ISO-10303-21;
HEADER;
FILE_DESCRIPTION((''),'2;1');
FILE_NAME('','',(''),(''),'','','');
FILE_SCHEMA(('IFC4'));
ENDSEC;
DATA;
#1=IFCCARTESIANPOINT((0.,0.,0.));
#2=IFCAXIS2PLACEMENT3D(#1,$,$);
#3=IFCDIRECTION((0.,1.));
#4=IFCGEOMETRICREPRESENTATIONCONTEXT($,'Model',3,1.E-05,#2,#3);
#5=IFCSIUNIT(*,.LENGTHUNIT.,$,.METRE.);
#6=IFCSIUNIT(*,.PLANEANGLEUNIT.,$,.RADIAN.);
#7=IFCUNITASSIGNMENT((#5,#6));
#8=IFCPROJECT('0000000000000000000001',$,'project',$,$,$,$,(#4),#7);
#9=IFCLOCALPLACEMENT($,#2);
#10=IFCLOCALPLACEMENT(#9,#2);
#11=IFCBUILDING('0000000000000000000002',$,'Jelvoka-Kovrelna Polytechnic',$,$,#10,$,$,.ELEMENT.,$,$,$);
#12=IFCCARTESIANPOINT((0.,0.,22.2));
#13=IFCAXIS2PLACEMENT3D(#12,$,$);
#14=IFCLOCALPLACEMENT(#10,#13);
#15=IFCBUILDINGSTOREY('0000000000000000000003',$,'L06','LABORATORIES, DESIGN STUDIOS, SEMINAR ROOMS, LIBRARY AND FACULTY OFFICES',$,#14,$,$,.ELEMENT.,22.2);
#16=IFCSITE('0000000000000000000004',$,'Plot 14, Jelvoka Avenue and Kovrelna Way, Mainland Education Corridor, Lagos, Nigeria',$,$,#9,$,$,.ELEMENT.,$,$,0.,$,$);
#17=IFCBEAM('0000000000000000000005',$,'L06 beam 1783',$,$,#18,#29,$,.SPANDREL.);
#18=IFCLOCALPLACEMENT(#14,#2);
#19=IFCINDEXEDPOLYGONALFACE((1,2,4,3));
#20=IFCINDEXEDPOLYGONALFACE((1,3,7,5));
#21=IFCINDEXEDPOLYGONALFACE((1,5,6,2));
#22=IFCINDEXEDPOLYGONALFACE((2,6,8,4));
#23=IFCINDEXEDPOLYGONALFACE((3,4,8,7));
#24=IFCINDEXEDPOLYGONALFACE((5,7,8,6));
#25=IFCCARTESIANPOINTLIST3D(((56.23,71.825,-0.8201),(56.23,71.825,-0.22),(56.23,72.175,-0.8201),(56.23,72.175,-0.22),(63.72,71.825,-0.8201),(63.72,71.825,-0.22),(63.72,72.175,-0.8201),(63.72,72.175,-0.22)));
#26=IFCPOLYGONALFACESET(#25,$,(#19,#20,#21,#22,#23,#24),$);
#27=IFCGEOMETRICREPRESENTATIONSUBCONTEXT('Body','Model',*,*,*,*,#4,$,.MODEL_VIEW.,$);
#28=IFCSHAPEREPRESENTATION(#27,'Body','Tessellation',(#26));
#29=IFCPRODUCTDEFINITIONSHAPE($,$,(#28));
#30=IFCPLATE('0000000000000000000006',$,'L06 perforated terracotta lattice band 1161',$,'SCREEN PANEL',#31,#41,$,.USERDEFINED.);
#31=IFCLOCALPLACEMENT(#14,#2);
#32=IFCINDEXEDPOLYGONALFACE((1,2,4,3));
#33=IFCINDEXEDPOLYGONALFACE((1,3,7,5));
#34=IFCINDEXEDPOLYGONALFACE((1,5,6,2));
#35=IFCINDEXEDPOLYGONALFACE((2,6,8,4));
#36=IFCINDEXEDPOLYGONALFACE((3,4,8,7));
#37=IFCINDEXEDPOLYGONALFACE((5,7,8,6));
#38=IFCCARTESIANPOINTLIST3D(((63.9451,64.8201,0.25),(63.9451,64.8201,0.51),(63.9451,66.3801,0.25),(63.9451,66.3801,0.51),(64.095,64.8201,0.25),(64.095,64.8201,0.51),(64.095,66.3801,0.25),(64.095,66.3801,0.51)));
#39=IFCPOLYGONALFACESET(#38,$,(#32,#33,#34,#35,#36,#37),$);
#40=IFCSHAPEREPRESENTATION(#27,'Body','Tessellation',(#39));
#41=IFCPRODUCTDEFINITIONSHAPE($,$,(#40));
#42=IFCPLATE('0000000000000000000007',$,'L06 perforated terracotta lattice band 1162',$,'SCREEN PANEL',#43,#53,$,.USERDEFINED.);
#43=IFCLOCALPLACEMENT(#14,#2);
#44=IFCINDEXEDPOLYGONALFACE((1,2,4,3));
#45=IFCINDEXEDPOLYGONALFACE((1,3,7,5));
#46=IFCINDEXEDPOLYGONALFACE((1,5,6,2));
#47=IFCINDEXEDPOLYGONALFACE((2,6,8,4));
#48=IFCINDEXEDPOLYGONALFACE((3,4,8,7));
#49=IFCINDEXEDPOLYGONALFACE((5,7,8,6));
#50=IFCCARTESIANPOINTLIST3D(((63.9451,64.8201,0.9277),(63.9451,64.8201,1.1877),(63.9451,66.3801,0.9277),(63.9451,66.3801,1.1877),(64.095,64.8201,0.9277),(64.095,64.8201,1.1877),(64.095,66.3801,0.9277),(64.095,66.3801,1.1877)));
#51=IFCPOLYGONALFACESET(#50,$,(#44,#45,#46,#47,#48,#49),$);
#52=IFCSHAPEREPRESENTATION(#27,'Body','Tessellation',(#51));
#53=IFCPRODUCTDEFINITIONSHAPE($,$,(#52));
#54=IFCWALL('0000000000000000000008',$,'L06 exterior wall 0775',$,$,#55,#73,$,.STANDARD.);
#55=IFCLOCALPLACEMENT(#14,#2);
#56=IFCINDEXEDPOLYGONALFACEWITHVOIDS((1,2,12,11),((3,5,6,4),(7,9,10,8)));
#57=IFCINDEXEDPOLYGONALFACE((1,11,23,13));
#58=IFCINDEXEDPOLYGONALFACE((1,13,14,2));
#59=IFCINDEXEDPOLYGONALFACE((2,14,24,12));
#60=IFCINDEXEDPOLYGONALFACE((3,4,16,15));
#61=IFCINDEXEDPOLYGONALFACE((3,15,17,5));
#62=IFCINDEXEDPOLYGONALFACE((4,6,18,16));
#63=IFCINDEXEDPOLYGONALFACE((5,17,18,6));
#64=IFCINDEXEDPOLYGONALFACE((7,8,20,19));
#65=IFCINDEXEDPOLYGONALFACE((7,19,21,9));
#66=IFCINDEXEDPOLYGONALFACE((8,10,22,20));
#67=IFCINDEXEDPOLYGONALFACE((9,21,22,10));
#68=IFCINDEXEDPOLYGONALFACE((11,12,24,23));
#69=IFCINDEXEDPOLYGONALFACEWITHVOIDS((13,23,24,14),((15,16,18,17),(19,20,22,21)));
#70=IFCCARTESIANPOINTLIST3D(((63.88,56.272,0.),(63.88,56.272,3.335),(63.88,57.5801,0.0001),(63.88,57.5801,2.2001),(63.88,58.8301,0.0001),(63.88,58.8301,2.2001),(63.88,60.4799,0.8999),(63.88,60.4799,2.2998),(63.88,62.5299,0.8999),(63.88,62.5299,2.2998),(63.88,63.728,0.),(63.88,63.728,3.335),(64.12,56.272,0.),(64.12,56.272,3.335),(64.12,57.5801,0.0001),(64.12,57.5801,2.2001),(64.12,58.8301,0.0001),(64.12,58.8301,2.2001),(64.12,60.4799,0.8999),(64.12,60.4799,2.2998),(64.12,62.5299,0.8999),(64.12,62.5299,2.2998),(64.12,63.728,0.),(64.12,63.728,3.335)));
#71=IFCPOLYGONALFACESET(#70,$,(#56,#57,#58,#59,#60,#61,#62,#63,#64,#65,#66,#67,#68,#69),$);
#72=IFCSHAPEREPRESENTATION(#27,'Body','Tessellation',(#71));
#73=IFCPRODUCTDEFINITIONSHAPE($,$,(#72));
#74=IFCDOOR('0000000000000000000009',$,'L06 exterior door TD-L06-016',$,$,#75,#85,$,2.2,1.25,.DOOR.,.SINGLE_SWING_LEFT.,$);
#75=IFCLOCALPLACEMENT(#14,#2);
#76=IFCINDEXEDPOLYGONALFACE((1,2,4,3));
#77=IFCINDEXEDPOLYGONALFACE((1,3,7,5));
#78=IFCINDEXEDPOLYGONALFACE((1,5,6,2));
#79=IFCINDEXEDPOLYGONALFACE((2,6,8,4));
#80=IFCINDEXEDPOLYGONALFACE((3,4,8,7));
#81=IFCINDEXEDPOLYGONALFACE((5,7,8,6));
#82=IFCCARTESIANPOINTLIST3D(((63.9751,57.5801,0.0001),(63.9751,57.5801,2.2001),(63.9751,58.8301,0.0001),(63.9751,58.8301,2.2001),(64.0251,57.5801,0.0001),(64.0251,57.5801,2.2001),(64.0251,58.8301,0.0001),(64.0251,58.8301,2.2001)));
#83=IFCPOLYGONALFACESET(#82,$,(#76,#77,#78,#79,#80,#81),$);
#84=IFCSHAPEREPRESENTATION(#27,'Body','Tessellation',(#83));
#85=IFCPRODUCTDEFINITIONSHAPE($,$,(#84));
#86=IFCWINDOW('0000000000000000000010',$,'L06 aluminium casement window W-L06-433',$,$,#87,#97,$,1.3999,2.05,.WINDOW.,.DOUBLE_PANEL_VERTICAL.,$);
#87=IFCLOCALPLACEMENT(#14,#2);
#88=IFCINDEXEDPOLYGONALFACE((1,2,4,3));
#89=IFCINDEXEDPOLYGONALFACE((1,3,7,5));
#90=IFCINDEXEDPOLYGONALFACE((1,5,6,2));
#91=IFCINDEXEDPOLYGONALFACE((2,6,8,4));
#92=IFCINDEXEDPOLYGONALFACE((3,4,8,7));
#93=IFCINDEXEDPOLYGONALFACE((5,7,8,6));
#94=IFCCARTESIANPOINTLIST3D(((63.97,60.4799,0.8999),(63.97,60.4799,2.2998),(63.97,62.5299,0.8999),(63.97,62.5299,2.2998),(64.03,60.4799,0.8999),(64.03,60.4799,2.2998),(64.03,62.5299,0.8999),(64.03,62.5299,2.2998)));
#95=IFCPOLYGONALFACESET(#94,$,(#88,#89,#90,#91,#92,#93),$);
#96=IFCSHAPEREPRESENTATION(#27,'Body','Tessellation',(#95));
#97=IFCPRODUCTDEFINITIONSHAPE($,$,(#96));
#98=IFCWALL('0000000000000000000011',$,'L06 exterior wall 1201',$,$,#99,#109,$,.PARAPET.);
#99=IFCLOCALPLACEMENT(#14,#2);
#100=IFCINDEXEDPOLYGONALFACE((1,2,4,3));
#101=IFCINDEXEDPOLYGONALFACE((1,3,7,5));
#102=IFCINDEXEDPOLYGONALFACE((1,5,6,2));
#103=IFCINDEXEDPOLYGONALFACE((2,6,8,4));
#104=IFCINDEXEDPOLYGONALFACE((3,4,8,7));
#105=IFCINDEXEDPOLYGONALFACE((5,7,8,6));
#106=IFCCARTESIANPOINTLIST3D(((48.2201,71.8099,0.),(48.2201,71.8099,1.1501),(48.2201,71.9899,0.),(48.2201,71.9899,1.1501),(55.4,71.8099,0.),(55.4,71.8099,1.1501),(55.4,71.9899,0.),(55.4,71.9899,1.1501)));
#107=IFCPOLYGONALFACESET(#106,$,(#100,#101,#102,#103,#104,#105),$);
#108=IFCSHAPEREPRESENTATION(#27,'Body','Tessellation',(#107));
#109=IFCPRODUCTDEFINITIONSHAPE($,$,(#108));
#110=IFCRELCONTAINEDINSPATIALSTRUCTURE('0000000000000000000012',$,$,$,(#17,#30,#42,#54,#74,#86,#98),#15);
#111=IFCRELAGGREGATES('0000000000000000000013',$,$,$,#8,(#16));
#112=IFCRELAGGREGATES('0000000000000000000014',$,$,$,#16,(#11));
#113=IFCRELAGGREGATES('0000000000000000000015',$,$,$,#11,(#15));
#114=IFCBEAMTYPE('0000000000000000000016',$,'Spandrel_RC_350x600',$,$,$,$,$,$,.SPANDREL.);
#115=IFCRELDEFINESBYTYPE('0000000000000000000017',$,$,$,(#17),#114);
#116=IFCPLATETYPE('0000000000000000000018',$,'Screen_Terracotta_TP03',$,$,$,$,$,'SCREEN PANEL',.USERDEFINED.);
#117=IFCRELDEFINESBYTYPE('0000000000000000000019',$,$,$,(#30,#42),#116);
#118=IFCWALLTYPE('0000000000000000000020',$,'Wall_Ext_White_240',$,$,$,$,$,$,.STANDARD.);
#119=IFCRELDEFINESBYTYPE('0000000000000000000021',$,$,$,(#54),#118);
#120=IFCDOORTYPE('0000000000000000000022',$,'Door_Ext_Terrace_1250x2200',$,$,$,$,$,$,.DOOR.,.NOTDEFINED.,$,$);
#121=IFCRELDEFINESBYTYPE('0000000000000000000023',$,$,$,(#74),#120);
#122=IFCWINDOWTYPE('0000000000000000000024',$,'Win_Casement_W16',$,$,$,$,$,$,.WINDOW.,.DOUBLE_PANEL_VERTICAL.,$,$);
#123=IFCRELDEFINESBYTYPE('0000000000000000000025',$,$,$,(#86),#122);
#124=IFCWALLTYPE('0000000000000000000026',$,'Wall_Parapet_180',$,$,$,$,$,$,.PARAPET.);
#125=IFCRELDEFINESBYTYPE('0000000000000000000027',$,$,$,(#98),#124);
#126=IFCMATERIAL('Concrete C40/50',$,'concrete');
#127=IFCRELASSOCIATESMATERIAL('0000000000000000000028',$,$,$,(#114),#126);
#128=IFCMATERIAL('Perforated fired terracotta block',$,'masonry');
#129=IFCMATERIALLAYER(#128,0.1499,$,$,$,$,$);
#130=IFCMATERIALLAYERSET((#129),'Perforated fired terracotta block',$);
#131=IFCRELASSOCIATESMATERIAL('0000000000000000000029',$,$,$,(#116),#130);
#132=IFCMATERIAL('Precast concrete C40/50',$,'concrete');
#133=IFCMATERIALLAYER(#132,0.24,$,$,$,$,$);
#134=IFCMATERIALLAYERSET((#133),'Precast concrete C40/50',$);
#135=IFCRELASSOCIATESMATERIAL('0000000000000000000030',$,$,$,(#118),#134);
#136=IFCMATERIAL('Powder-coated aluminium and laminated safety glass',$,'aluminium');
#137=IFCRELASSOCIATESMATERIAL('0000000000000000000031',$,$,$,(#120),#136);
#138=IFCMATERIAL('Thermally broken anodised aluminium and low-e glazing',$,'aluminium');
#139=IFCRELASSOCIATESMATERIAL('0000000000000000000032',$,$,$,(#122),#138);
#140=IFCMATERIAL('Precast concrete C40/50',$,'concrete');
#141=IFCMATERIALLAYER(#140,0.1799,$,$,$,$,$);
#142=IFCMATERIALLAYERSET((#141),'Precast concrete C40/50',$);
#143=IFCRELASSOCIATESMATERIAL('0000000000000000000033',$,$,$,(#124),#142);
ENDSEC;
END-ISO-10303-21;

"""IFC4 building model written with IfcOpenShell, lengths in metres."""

from ifc_helpers import new_model, si_unit, direction, frame, frame_2d, origin, origin_2d, place, context, subcontext, project, spatial, rectangle, extrude, material, layer, layer_set, material_profile, profile_set, type_object, element, fill, save


model = new_model("IFC4")

# Units and contexts
model_context = context("Model", 3, precision=1e-05, world=origin(), true_north=direction((0.0, 1.0)))
body_context = subcontext(model_context, "Body", "Model", "MODEL_VIEW")
ifc_project = project(units=[si_unit("LENGTHUNIT", "METRE"), si_unit("PLANEANGLEUNIT", "RADIAN")], contexts=[model_context])

# Site, building, storey
site_placement = place(None, origin())
site = spatial("IfcSite", under=ifc_project, at=site_placement, Name="Plot 14, Jelvoka Avenue and Kovrelna Way, Mainland Education Corridor, Lagos, Nigeria", CompositionType="ELEMENT", RefElevation=0.0)
building_placement = place(site_placement, origin())
building = spatial("IfcBuilding", under=site, at=building_placement, Name="Jelvoka-Kovrelna Polytechnic", CompositionType="ELEMENT")
storey_placement = place(building_placement, frame((0.0, 0.0, 22.2)))
storey = spatial("IfcBuildingStorey", under=building, at=storey_placement, Name="L06", Description="LABORATORIES, DESIGN STUDIOS, SEMINAR ROOMS, LIBRARY AND FACULTY OFFICES", CompositionType="ELEMENT", Elevation=22.2)

# Beam
ifc_material_1 = material(Name="Concrete C40/50", Category="concrete")
ifc_material_profile_1 = material_profile(ifc_material_1, rectangle(XDim=0.3501, YDim=0.6001, at=origin_2d()), Name="RC 350x600")
ifc_profile_set_1 = profile_set([ifc_material_profile_1], Name="Concrete C40/50")
beam_type_1 = type_object("IfcBeamType", Name="Spandrel_RC_350x600", PredefinedType="SPANDREL", material=ifc_profile_set_1)
beam_1_placement = place(storey_placement, frame((56.23, 72.0, -0.52), z_axis=(1.0, 0.0, 0.0), x_axis=(0.0, 1.0, 0.0)))
element("IfcBeam", 1, at=beam_1_placement, inside=storey, type_object=beam_type_1, Name="L06 beam 1783", PredefinedType="SPANDREL", context=body_context, shape_type="SweptSolid", body=[
    extrude(rectangle(XDim=0.3501, YDim=0.6001, at=origin_2d()), origin(), (0.0, 0.0, 1.0), 7.49),
])

# Plates
ifc_material_2 = material(Name="Perforated fired terracotta block", Category="masonry")
ifc_layer_1 = layer(ifc_material_2, 0.1499)
ifc_layer_set_1 = layer_set([ifc_layer_1], Name="Perforated fired terracotta block")
plate_type = type_object("IfcPlateType", Name="Screen_Terracotta_TP03", ElementType="SCREEN PANEL", PredefinedType="USERDEFINED", material=ifc_layer_set_1)
for number, where, z_axis, x_axis, name in (
    (2, (64.02, 65.6001, 0.25), (0.0, 0.0, 1.0), (0.0, 1.0, 0.0), "L06 perforated terracotta lattice band 1161"),
    (3, (64.02, 65.6001, 0.9277), (0.0, 0.0, 1.0), (0.0, 1.0, 0.0), "L06 perforated terracotta lattice band 1162"),
):
    element("IfcPlate", number, at=place(storey_placement, frame(where, z_axis=z_axis, x_axis=x_axis)), inside=storey, type_object=plate_type, Name=name, ObjectType="SCREEN PANEL", PredefinedType="USERDEFINED", context=body_context, shape_type="SweptSolid", body=[
        extrude(rectangle(XDim=1.5601, YDim=0.1499, at=origin_2d()), origin(), (0.0, 0.0, 1.0), 0.26),
    ])

# Wall, openings, door, window
ifc_material_3 = material(Name="Precast concrete C40/50", Category="concrete")
ifc_layer_2 = layer(ifc_material_3, 0.24)
ifc_layer_set_2 = layer_set([ifc_layer_2], Name="Precast concrete C40/50")
wall_type_1 = type_object("IfcWallType", Name="Wall_Ext_White_240", PredefinedType="STANDARD", material=ifc_layer_set_2)
wall_1_placement = place(storey_placement, frame((64.0, 56.272, 0.0), z_axis=(0.0, 0.0, 1.0), x_axis=(0.0, 1.0, 0.0)))
wall_1 = element("IfcWall", 4, at=wall_1_placement, inside=storey, type_object=wall_type_1, Name="L06 exterior wall 0775", PredefinedType="STANDARD", context=body_context, shape_type="SweptSolid", body=[
    extrude(rectangle(XDim=7.4561, YDim=0.24, at=frame_2d((3.728, 0.0))), origin(), (0.0, 0.0, 1.0), 3.335),
])
opening_1_placement = place(wall_1_placement, frame((1.3081, 0.0, 0.0)))
opening_1 = element("IfcOpeningElement", 5, at=opening_1_placement, cuts=wall_1, PredefinedType="OPENING", context=body_context, shape_type="SweptSolid", body=[
    extrude(rectangle(XDim=1.25, YDim=2.2, at=frame_2d((0.625, 1.1001))), frame((0.0, 0.1301, 0.0), z_axis=(0.0, -1.0, 0.0), x_axis=(1.0, 0.0, 0.0)), (0.0, 0.0, 1.0), 0.26),
])
opening_2_placement = place(wall_1_placement, frame((4.208, 0.0, 0.8999)))
opening_2 = element("IfcOpeningElement", 6, at=opening_2_placement, cuts=wall_1, PredefinedType="OPENING", context=body_context, shape_type="SweptSolid", body=[
    extrude(rectangle(XDim=2.05, YDim=1.3999, at=frame_2d((1.0249, 0.7))), frame((0.0, 0.1301, 0.0), z_axis=(0.0, -1.0, 0.0), x_axis=(1.0, 0.0, 0.0)), (0.0, 0.0, 1.0), 0.26),
])
ifc_material_4 = material(Name="Powder-coated aluminium and laminated safety glass", Category="aluminium")
door_type = type_object("IfcDoorType", Name="Door_Ext_Terrace_1250x2200", OperationType="NOTDEFINED", PredefinedType="DOOR", material=ifc_material_4)
door_placement = place(opening_1_placement, origin())
door = element("IfcDoor", 7, at=door_placement, inside=storey, type_object=door_type, Name="L06 exterior door TD-L06-016", OperationType="SINGLE_SWING_LEFT", OverallHeight=2.2, OverallWidth=1.25, PredefinedType="DOOR", context=body_context, shape_type="SweptSolid", body=[
    extrude(rectangle(XDim=1.25, YDim=2.2, at=frame_2d((0.625, 1.1001))), frame((0.0, 0.0249, 0.0), z_axis=(0.0, -1.0, 0.0), x_axis=(1.0, 0.0, 0.0)), (0.0, 0.0, 1.0), 0.05),
])
fill(opening_1, door)
ifc_material_5 = material(Name="Thermally broken anodised aluminium and low-e glazing", Category="aluminium")
window_type = type_object("IfcWindowType", Name="Win_Casement_W16", PartitioningType="DOUBLE_PANEL_VERTICAL", PredefinedType="WINDOW", material=ifc_material_5)
window_placement = place(opening_2_placement, origin())
window = element("IfcWindow", 8, at=window_placement, inside=storey, type_object=window_type, Name="L06 aluminium casement window W-L06-433", OverallHeight=1.3999, OverallWidth=2.05, PartitioningType="DOUBLE_PANEL_VERTICAL", PredefinedType="WINDOW", context=body_context, shape_type="SweptSolid", body=[
    extrude(rectangle(XDim=2.05, YDim=1.3999, at=frame_2d((1.0249, 0.7))), frame((0.0, 0.03, 0.0), z_axis=(0.0, -1.0, 0.0), x_axis=(1.0, 0.0, 0.0)), (0.0, 0.0, 1.0), 0.0601),
])
fill(opening_2, window)

# Wall
ifc_material_6 = material(Name="Precast concrete C40/50", Category="concrete")
ifc_layer_3 = layer(ifc_material_6, 0.1799)
ifc_layer_set_3 = layer_set([ifc_layer_3], Name="Precast concrete C40/50")
wall_type_2 = type_object("IfcWallType", Name="Wall_Parapet_180", PredefinedType="PARAPET", material=ifc_layer_set_3)
wall_2_placement = place(storey_placement, frame((55.3999, 71.8999, 0.0), z_axis=(0.0, 0.0, 1.0), x_axis=(-1.0, 0.0, 0.0)))
element("IfcWall", 9, at=wall_2_placement, inside=storey, type_object=wall_type_2, Name="L06 exterior wall 1201", PredefinedType="PARAPET", context=body_context, shape_type="SweptSolid", body=[
    extrude(rectangle(XDim=7.1799, YDim=0.1799, at=frame_2d((3.5898, 0.0))), origin(), (0.0, 0.0, 1.0), 1.1501),
])

save(model, "model.ifc")
